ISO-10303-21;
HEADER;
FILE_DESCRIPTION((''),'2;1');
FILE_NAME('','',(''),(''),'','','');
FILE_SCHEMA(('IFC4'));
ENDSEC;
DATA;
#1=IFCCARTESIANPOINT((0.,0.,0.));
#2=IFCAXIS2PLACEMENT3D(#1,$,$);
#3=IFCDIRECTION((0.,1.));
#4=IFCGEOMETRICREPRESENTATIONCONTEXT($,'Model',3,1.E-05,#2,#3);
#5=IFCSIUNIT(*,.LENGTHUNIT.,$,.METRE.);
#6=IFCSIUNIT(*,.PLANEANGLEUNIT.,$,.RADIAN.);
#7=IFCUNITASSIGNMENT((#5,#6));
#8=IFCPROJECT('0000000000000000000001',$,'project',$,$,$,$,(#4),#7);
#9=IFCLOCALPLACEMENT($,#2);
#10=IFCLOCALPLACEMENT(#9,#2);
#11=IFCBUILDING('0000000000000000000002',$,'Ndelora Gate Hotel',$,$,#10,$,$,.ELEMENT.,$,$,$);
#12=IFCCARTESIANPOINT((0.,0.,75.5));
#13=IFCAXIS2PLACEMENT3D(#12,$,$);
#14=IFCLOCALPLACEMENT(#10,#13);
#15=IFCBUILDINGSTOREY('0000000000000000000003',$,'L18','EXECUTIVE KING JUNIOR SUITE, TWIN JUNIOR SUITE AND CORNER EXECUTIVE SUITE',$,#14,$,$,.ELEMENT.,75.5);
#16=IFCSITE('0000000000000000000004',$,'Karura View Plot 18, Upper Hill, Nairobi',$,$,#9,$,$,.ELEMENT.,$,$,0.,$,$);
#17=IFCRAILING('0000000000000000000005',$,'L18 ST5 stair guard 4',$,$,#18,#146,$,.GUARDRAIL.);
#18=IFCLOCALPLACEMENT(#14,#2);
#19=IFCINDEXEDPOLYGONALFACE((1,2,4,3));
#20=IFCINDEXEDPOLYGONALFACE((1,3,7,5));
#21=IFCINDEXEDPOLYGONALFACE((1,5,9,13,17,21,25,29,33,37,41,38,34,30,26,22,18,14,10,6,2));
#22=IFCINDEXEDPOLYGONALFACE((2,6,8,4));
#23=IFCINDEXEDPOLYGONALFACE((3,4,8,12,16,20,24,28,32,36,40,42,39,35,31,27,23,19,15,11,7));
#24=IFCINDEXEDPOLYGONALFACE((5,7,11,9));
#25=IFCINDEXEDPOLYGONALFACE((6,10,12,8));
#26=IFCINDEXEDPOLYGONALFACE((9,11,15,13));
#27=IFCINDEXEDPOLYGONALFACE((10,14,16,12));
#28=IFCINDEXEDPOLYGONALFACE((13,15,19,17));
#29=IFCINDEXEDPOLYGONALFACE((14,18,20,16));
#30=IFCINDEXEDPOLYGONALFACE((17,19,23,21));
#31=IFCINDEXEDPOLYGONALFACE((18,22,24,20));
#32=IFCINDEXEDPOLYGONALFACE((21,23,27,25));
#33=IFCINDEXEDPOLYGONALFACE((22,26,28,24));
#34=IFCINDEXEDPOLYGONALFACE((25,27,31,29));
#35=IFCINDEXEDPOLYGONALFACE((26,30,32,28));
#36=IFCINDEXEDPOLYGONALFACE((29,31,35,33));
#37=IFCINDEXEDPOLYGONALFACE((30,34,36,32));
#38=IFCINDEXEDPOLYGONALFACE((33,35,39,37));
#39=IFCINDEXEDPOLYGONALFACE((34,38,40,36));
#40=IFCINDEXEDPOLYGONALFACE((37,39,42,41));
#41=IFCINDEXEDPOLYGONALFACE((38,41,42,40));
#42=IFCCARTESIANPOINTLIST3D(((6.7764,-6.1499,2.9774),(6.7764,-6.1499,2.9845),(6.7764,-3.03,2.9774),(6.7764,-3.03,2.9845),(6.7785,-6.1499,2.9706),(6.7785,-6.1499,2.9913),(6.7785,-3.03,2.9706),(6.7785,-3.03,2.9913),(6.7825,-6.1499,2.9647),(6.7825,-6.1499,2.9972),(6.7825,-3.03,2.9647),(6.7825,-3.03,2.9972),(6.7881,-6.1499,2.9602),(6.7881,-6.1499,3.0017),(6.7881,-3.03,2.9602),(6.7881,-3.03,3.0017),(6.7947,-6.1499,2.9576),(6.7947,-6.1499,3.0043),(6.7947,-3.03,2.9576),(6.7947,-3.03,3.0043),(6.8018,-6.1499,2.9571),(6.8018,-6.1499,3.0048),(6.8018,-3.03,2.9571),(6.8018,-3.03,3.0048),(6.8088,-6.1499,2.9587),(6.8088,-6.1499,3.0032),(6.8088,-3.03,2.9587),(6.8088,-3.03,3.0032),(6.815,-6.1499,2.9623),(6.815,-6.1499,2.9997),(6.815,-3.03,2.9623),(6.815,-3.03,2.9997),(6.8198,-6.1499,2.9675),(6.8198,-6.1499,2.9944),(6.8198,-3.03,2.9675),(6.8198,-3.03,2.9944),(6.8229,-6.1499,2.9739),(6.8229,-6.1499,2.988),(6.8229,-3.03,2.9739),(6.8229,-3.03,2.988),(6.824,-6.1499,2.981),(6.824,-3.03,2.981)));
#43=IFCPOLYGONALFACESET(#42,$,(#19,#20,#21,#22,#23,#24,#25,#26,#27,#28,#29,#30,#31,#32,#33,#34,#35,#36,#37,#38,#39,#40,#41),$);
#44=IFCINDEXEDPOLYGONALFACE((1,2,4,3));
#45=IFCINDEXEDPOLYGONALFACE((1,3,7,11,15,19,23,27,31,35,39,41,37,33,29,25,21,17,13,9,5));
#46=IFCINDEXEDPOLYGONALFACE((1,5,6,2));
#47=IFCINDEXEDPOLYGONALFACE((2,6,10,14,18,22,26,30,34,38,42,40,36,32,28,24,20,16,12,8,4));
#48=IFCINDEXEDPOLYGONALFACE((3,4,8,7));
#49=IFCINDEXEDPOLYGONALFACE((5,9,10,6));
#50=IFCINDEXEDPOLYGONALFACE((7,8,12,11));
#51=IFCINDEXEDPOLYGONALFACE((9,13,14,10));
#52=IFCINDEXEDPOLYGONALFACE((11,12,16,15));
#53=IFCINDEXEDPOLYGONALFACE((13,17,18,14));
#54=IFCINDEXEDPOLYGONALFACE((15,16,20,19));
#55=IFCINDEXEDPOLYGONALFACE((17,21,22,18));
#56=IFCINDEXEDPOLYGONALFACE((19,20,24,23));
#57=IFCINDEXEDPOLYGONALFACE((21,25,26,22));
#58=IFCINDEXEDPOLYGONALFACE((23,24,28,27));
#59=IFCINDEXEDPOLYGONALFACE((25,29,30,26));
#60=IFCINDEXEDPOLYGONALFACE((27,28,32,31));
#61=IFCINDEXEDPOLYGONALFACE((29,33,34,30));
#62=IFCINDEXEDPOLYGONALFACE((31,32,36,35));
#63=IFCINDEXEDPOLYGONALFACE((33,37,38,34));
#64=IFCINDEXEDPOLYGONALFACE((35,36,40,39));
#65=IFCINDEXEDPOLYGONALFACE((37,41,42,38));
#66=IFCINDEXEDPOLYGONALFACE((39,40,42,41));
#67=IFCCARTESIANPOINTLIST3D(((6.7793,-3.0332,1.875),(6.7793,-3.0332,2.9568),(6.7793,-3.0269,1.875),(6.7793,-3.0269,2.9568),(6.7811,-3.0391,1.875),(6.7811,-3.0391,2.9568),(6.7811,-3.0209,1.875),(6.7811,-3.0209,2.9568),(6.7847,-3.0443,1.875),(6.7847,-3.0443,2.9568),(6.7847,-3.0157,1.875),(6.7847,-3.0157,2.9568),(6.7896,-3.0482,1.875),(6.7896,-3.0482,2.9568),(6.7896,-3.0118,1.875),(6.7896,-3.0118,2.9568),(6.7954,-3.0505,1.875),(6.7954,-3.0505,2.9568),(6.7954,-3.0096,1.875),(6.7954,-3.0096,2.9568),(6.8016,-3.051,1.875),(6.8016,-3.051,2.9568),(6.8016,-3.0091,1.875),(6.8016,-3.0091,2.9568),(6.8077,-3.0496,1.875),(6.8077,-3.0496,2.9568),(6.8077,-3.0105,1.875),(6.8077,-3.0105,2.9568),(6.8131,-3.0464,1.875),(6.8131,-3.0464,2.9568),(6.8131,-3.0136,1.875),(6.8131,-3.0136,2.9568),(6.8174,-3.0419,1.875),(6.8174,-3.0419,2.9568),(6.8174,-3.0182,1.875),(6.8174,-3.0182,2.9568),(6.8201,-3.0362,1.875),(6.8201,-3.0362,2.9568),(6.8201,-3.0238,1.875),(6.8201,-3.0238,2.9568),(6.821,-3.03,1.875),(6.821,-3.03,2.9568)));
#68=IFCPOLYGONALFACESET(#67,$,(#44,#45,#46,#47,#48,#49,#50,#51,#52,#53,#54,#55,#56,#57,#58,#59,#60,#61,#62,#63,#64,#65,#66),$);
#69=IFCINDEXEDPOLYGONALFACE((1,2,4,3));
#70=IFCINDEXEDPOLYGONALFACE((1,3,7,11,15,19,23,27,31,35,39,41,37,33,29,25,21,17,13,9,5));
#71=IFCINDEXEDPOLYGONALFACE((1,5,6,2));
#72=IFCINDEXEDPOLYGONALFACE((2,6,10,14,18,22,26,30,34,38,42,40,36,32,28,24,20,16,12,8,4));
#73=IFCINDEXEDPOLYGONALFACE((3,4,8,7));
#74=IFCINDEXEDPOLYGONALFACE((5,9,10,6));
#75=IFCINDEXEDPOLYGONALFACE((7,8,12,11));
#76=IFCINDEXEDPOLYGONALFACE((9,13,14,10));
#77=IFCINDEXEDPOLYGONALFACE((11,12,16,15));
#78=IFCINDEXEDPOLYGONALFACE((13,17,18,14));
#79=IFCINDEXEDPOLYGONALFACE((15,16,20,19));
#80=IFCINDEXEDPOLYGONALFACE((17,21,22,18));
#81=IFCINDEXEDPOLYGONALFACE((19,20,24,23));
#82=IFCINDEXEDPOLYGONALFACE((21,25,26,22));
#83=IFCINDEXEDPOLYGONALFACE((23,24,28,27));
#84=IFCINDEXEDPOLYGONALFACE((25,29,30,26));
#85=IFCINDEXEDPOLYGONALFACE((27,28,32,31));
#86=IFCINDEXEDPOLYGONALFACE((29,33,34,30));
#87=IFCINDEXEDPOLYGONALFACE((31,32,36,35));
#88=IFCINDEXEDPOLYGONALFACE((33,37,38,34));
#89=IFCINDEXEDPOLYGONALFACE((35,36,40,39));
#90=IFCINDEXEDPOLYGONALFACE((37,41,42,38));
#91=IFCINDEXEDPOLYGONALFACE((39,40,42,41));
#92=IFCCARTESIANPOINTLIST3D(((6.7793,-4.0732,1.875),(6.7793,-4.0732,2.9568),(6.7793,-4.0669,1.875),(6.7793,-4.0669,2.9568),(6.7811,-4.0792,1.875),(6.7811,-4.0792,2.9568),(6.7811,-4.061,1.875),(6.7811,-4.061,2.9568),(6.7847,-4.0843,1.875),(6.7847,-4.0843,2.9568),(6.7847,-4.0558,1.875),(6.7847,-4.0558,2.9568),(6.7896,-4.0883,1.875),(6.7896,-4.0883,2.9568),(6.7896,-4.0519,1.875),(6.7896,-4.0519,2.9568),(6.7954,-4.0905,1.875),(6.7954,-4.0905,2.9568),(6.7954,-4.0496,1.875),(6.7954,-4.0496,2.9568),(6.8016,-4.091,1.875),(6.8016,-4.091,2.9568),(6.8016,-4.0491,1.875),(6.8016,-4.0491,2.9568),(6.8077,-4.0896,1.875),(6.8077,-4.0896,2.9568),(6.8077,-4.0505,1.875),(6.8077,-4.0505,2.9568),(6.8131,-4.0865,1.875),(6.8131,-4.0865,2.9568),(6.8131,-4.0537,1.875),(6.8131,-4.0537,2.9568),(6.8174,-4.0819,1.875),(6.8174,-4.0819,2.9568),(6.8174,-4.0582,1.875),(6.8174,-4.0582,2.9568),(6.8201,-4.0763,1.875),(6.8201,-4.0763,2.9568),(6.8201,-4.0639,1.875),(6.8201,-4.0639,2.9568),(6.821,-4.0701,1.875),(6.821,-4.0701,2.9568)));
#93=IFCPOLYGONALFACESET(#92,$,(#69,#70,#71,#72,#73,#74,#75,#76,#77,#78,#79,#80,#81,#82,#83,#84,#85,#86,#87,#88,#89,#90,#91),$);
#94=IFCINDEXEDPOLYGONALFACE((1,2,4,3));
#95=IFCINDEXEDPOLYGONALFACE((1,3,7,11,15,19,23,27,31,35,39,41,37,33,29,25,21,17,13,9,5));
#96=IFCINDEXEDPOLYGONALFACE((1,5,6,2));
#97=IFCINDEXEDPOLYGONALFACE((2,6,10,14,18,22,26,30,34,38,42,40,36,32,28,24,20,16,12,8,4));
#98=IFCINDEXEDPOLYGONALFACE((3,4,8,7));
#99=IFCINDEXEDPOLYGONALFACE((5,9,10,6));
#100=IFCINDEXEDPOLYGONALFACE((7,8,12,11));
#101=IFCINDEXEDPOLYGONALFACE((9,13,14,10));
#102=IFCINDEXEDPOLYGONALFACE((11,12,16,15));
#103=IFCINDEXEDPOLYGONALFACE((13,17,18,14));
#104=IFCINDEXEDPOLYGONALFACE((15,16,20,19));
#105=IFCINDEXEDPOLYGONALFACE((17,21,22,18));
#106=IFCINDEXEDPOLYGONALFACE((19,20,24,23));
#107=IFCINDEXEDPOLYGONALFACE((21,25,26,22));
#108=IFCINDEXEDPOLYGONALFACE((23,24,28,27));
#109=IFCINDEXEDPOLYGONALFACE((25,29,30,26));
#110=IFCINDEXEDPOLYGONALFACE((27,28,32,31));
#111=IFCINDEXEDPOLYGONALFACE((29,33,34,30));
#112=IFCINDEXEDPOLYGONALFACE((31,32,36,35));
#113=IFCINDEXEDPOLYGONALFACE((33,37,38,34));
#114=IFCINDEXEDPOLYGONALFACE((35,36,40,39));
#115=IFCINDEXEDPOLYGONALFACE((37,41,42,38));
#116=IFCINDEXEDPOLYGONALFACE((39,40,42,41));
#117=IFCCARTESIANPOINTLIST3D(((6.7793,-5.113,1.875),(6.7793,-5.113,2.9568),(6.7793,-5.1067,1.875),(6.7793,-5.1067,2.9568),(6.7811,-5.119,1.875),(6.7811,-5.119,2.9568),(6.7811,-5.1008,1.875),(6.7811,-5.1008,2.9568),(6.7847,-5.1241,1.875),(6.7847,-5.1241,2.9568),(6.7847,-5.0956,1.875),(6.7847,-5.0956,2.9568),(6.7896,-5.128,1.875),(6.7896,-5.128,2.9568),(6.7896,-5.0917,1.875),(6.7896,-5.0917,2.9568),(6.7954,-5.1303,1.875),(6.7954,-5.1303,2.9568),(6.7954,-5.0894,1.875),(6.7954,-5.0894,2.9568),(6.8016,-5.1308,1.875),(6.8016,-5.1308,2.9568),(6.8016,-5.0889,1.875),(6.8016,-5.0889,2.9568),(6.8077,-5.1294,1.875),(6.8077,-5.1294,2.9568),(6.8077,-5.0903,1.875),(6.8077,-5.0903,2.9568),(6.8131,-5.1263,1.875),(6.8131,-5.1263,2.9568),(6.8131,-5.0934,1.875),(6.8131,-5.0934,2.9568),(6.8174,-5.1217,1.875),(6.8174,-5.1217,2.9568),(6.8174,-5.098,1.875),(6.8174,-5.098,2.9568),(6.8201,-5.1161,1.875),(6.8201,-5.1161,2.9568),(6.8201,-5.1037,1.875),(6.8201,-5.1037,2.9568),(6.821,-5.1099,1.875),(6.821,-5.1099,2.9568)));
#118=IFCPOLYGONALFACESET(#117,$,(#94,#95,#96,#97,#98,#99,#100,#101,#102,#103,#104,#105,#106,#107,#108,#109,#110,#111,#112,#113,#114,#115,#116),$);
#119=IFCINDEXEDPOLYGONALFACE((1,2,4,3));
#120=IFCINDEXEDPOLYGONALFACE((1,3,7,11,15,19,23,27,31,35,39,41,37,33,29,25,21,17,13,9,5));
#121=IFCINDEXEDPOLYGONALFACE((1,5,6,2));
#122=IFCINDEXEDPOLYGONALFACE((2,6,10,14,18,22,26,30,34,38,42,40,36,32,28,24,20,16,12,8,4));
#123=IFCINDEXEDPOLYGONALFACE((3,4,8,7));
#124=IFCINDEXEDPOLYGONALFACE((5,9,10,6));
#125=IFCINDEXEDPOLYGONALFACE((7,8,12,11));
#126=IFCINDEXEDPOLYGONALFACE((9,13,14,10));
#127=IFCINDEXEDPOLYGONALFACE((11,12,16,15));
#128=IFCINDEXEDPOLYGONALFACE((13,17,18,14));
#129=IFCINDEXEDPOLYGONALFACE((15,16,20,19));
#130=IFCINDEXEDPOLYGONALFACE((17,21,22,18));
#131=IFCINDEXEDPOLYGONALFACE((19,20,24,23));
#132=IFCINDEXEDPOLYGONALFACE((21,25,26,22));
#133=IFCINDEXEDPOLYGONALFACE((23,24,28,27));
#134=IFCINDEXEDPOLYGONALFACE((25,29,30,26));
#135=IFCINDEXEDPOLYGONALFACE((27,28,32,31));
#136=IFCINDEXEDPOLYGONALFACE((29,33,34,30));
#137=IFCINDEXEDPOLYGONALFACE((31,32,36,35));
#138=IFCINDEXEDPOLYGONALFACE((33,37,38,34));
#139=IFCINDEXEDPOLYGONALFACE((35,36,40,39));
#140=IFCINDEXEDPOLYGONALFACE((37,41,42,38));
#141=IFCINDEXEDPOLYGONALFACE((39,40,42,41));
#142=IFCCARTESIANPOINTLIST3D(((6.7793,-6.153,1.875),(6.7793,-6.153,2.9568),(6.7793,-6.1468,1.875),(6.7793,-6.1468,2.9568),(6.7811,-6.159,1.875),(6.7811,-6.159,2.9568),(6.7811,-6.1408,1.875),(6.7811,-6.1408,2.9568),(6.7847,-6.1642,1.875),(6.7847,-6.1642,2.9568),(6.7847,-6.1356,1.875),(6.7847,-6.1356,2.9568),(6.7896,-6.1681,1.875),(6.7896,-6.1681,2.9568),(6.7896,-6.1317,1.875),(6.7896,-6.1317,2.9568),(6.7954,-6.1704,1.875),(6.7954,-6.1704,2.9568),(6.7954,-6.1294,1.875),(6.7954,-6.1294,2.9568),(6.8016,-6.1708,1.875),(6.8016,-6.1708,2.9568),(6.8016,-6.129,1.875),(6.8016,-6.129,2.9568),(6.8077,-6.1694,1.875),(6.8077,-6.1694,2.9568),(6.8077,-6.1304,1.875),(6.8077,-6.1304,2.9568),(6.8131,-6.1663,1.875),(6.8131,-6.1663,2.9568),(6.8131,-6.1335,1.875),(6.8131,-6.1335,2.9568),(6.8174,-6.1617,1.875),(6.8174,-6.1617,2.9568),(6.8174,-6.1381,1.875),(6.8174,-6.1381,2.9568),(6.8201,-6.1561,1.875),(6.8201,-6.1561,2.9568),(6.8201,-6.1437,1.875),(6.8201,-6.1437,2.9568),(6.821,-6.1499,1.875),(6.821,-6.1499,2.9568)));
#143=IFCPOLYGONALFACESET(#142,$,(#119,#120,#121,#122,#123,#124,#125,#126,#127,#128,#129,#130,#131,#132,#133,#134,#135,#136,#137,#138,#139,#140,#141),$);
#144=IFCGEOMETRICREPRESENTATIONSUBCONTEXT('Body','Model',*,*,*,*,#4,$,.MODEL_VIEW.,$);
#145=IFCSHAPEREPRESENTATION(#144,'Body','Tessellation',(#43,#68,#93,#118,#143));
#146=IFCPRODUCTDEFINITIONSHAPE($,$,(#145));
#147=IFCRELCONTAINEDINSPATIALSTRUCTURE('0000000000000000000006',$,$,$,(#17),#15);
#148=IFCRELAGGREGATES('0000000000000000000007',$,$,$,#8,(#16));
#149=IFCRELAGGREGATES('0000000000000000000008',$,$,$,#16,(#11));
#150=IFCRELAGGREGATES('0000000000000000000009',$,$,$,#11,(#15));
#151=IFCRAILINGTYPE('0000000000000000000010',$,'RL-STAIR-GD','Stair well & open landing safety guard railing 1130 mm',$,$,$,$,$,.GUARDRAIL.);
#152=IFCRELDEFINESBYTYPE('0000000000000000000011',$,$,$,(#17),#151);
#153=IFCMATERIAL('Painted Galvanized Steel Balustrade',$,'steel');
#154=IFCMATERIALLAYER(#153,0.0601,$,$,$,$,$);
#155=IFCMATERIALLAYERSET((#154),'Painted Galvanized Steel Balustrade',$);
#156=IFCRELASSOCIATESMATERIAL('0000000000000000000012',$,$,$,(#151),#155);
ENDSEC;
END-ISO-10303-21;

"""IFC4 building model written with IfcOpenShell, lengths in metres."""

from ifc_helpers import new_model, si_unit, direction, frame, origin, origin_2d, place, context, subcontext, project, spatial, circle, extrude, material, layer, layer_set, type_object, element, save


model = new_model("IFC4")

# Units and contexts
model_context = context("Model", 3, precision=1e-05, world=origin(), true_north=direction((0.0, 1.0)))
body_context = subcontext(model_context, "Body", "Model", "MODEL_VIEW")
ifc_project = project(units=[si_unit("LENGTHUNIT", "METRE"), si_unit("PLANEANGLEUNIT", "RADIAN")], contexts=[model_context])

# Site, building, storey
site_placement = place(None, origin())
site = spatial("IfcSite", under=ifc_project, at=site_placement, Name="Karura View Plot 18, Upper Hill, Nairobi", CompositionType="ELEMENT", RefElevation=0.0)
building_placement = place(site_placement, origin())
building = spatial("IfcBuilding", under=site, at=building_placement, Name="Ndelora Gate Hotel", CompositionType="ELEMENT")
storey_placement = place(building_placement, frame((0.0, 0.0, 75.5)))
storey = spatial("IfcBuildingStorey", under=building, at=storey_placement, Name="L18", Description="EXECUTIVE KING JUNIOR SUITE, TWIN JUNIOR SUITE AND CORNER EXECUTIVE SUITE", CompositionType="ELEMENT", Elevation=75.5)

# Railing
ifc_material_1 = material(Name="Painted Galvanized Steel Balustrade", Category="steel")
ifc_layer_1 = layer(ifc_material_1, 0.0601)
ifc_layer_set_1 = layer_set([ifc_layer_1], Name="Painted Galvanized Steel Balustrade")
railing_type_1 = type_object("IfcRailingType", Name="RL-STAIR-GD", Description="Stair well & open landing safety guard railing 1130 mm", PredefinedType="GUARDRAIL", material=ifc_layer_set_1)
railing_1_placement = place(storey_placement, frame((6.8, -3.03, 1.875)))
element("IfcRailing", 1, at=railing_1_placement, inside=storey, type_object=railing_type_1, Name="L18 ST5 stair guard 4", PredefinedType="GUARDRAIL", context=body_context, shape_type="SweptSolid", body=[
    extrude(circle(Radius=0.0239, at=origin_2d()), frame((0.0, 0.0, 1.106), z_axis=(0.0, -1.0, 0.0), x_axis=(1.0, 0.0, 0.0)), (0.0, 0.0, 1.0), 3.1199),
    extrude(circle(Radius=0.021, at=origin_2d()), origin(), (0.0, 0.0, 1.0), 1.0818),
    extrude(circle(Radius=0.021, at=origin_2d()), frame((0.0, -1.04, 0.0)), (0.0, 0.0, 1.0), 1.0818),
    extrude(circle(Radius=0.021, at=origin_2d()), frame((0.0, -2.0798, 0.0)), (0.0, 0.0, 1.0), 1.0818),
    extrude(circle(Radius=0.021, at=origin_2d()), frame((0.0, -3.1199, 0.0)), (0.0, 0.0, 1.0), 1.0818),
])

save(model, "model.ifc")
